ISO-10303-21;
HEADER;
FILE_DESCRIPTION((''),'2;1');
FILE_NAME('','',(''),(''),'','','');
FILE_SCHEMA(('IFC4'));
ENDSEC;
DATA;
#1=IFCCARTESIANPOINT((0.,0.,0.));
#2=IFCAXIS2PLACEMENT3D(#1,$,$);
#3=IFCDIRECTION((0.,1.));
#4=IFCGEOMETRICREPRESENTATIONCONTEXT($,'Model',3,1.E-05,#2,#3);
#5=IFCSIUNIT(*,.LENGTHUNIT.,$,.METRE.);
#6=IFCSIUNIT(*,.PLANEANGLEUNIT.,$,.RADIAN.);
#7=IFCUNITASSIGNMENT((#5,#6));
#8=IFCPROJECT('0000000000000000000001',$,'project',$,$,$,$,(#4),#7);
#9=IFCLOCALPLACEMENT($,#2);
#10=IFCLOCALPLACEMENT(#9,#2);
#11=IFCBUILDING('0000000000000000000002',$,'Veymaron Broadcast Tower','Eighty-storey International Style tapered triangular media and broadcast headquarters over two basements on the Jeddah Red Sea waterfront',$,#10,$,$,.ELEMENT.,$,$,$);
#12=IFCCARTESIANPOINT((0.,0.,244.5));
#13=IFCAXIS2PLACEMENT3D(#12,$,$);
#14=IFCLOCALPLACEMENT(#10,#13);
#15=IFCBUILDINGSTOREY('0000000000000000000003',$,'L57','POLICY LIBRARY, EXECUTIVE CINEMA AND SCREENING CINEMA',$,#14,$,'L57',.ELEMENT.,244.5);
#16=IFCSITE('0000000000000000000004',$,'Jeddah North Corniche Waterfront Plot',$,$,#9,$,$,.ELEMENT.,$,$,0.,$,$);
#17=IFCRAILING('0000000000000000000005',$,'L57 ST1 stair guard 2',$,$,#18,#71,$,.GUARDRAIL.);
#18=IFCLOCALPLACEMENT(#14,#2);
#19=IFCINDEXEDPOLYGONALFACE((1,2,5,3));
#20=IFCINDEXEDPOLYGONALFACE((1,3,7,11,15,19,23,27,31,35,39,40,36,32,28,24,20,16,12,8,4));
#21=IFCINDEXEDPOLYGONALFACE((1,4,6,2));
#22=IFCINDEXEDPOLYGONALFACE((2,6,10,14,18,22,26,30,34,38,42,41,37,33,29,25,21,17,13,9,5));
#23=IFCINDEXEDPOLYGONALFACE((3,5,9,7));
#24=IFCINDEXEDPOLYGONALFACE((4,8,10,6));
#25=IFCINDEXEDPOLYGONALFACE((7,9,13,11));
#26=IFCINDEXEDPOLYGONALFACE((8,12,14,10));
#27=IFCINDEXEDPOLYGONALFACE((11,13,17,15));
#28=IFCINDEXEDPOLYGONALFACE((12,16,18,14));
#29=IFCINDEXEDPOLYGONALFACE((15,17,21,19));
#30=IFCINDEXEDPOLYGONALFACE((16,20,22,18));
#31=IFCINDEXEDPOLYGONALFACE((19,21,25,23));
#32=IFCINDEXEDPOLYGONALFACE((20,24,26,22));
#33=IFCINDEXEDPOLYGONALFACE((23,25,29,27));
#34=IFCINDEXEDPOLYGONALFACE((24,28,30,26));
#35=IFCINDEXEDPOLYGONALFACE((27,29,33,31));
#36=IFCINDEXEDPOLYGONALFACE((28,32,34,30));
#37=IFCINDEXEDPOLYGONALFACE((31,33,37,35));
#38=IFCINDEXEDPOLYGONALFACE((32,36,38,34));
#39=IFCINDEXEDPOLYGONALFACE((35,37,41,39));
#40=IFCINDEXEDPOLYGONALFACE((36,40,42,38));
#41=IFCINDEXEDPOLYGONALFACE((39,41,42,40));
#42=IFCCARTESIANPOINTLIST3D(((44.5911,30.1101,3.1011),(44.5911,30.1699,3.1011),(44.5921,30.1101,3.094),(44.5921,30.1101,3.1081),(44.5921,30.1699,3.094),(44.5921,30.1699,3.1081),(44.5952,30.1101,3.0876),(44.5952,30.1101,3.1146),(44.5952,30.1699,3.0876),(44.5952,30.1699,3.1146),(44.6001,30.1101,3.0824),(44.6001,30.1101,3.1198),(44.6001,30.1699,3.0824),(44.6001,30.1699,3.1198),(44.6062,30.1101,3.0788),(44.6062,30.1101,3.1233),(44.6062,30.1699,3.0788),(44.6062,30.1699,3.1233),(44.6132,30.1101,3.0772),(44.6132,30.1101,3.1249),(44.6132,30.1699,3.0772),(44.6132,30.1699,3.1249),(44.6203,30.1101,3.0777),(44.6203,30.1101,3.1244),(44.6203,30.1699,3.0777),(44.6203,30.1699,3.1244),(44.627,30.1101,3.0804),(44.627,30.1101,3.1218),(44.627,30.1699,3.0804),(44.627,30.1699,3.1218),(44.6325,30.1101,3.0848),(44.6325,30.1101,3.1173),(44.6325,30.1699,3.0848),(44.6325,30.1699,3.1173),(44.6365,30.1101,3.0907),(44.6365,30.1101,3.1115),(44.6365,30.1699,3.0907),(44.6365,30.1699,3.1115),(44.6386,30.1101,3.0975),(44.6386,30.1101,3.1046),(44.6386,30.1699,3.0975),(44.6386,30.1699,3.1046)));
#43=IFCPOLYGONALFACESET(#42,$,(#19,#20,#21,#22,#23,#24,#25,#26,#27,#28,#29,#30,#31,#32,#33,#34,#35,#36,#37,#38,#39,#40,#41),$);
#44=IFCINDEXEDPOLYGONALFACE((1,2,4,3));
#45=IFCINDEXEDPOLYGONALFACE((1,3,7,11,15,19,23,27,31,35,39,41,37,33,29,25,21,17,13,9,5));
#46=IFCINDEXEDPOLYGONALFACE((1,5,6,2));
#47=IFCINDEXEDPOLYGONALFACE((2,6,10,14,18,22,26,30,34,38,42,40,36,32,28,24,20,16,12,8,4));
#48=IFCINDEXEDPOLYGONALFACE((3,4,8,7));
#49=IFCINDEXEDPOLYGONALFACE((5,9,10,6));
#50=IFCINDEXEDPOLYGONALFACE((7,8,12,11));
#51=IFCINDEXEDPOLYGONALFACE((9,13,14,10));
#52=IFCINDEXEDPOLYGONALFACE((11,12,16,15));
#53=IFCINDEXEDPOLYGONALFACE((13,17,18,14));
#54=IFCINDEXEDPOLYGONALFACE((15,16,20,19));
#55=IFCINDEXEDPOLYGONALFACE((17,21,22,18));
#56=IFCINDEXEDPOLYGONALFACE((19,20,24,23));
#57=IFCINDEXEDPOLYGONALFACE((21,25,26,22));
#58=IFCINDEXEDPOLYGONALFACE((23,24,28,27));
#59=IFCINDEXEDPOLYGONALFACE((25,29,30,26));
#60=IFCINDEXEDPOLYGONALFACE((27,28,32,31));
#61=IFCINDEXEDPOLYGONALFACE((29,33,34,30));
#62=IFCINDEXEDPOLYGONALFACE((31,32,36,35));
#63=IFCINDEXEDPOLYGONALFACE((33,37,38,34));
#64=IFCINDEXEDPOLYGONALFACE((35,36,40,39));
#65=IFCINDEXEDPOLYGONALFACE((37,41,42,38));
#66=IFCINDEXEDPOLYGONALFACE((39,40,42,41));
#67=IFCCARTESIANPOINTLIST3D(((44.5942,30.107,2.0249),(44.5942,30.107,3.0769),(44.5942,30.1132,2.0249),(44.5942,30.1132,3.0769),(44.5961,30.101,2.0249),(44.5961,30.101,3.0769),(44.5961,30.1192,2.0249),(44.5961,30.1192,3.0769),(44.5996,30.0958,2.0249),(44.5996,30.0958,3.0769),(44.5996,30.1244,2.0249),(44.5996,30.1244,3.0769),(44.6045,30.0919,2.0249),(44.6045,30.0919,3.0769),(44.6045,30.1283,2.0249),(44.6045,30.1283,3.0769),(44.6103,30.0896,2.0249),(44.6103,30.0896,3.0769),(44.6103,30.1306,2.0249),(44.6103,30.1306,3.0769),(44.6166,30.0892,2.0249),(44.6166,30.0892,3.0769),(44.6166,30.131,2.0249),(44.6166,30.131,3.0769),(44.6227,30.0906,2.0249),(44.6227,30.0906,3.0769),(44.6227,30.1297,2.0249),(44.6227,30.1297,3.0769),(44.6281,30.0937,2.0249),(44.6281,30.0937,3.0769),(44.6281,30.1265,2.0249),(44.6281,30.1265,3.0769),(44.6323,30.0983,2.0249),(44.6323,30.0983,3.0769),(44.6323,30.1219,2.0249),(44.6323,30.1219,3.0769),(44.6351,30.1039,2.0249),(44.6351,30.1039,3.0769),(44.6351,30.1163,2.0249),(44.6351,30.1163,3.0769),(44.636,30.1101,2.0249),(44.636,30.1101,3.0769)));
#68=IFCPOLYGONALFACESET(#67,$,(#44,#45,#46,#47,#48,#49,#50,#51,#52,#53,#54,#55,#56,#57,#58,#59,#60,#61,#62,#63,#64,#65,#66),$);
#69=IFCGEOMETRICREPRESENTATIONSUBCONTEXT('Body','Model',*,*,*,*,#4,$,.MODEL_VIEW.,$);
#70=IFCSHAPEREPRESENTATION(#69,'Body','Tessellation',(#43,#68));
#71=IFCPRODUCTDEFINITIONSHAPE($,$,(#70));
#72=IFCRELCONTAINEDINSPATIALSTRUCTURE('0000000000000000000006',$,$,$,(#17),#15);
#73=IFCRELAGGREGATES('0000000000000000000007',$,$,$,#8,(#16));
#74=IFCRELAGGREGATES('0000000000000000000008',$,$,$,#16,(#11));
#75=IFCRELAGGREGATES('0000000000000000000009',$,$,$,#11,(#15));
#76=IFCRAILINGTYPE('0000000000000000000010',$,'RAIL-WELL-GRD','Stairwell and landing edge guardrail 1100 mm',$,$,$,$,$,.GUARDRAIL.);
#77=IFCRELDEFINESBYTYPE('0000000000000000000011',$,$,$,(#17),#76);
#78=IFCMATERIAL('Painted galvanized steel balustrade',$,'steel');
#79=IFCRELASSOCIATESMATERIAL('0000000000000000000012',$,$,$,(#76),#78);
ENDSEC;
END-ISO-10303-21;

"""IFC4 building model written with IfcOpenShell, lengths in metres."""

from ifc_helpers import new_model, si_unit, direction, frame, origin, origin_2d, place, context, subcontext, project, spatial, circle, extrude, material, type_object, element, save


model = new_model("IFC4")

# Units and contexts
model_context = context("Model", 3, precision=1e-05, world=origin(), true_north=direction((0.0, 1.0)))
body_context = subcontext(model_context, "Body", "Model", "MODEL_VIEW")
ifc_project = project(units=[si_unit("LENGTHUNIT", "METRE"), si_unit("PLANEANGLEUNIT", "RADIAN")], contexts=[model_context])

# Site, building, storey
site_placement = place(None, origin())
site = spatial("IfcSite", under=ifc_project, at=site_placement, Name="Jeddah North Corniche Waterfront Plot", CompositionType="ELEMENT", RefElevation=0.0)
building_placement = place(site_placement, origin())
building = spatial("IfcBuilding", under=site, at=building_placement, Name="Veymaron Broadcast Tower", Description="Eighty-storey International Style tapered triangular media and broadcast headquarters over two basements on the Jeddah Red Sea waterfront", CompositionType="ELEMENT")
storey_placement = place(building_placement, frame((0.0, 0.0, 244.5)))
storey = spatial("IfcBuildingStorey", under=building, at=storey_placement, Name="L57", Description="POLICY LIBRARY, EXECUTIVE CINEMA AND SCREENING CINEMA", LongName="L57", CompositionType="ELEMENT", Elevation=244.5)

# Railing
ifc_material_1 = material(Name="Painted galvanized steel balustrade", Category="steel")
railing_type_1 = type_object("IfcRailingType", Name="RAIL-WELL-GRD", Description="Stairwell and landing edge guardrail 1100 mm", PredefinedType="GUARDRAIL", material=ifc_material_1)
railing_1_placement = place(storey_placement, frame((44.615, 30.1101, 2.0249)))
element("IfcRailing", 1, at=railing_1_placement, inside=storey, type_object=railing_type_1, Name="L57 ST1 stair guard 2", PredefinedType="GUARDRAIL", context=body_context, shape_type="SweptSolid", body=[
    extrude(circle(Radius=0.0239, at=origin_2d()), frame((0.0, 0.0, 1.0762), z_axis=(0.0, 1.0, 0.0), x_axis=(-1.0, 0.0, 0.0)), (0.0, 0.0, 1.0), 0.0598),
    extrude(circle(Radius=0.021, at=origin_2d()), origin(), (0.0, 0.0, 1.0), 1.052),
])

save(model, "model.ifc")
